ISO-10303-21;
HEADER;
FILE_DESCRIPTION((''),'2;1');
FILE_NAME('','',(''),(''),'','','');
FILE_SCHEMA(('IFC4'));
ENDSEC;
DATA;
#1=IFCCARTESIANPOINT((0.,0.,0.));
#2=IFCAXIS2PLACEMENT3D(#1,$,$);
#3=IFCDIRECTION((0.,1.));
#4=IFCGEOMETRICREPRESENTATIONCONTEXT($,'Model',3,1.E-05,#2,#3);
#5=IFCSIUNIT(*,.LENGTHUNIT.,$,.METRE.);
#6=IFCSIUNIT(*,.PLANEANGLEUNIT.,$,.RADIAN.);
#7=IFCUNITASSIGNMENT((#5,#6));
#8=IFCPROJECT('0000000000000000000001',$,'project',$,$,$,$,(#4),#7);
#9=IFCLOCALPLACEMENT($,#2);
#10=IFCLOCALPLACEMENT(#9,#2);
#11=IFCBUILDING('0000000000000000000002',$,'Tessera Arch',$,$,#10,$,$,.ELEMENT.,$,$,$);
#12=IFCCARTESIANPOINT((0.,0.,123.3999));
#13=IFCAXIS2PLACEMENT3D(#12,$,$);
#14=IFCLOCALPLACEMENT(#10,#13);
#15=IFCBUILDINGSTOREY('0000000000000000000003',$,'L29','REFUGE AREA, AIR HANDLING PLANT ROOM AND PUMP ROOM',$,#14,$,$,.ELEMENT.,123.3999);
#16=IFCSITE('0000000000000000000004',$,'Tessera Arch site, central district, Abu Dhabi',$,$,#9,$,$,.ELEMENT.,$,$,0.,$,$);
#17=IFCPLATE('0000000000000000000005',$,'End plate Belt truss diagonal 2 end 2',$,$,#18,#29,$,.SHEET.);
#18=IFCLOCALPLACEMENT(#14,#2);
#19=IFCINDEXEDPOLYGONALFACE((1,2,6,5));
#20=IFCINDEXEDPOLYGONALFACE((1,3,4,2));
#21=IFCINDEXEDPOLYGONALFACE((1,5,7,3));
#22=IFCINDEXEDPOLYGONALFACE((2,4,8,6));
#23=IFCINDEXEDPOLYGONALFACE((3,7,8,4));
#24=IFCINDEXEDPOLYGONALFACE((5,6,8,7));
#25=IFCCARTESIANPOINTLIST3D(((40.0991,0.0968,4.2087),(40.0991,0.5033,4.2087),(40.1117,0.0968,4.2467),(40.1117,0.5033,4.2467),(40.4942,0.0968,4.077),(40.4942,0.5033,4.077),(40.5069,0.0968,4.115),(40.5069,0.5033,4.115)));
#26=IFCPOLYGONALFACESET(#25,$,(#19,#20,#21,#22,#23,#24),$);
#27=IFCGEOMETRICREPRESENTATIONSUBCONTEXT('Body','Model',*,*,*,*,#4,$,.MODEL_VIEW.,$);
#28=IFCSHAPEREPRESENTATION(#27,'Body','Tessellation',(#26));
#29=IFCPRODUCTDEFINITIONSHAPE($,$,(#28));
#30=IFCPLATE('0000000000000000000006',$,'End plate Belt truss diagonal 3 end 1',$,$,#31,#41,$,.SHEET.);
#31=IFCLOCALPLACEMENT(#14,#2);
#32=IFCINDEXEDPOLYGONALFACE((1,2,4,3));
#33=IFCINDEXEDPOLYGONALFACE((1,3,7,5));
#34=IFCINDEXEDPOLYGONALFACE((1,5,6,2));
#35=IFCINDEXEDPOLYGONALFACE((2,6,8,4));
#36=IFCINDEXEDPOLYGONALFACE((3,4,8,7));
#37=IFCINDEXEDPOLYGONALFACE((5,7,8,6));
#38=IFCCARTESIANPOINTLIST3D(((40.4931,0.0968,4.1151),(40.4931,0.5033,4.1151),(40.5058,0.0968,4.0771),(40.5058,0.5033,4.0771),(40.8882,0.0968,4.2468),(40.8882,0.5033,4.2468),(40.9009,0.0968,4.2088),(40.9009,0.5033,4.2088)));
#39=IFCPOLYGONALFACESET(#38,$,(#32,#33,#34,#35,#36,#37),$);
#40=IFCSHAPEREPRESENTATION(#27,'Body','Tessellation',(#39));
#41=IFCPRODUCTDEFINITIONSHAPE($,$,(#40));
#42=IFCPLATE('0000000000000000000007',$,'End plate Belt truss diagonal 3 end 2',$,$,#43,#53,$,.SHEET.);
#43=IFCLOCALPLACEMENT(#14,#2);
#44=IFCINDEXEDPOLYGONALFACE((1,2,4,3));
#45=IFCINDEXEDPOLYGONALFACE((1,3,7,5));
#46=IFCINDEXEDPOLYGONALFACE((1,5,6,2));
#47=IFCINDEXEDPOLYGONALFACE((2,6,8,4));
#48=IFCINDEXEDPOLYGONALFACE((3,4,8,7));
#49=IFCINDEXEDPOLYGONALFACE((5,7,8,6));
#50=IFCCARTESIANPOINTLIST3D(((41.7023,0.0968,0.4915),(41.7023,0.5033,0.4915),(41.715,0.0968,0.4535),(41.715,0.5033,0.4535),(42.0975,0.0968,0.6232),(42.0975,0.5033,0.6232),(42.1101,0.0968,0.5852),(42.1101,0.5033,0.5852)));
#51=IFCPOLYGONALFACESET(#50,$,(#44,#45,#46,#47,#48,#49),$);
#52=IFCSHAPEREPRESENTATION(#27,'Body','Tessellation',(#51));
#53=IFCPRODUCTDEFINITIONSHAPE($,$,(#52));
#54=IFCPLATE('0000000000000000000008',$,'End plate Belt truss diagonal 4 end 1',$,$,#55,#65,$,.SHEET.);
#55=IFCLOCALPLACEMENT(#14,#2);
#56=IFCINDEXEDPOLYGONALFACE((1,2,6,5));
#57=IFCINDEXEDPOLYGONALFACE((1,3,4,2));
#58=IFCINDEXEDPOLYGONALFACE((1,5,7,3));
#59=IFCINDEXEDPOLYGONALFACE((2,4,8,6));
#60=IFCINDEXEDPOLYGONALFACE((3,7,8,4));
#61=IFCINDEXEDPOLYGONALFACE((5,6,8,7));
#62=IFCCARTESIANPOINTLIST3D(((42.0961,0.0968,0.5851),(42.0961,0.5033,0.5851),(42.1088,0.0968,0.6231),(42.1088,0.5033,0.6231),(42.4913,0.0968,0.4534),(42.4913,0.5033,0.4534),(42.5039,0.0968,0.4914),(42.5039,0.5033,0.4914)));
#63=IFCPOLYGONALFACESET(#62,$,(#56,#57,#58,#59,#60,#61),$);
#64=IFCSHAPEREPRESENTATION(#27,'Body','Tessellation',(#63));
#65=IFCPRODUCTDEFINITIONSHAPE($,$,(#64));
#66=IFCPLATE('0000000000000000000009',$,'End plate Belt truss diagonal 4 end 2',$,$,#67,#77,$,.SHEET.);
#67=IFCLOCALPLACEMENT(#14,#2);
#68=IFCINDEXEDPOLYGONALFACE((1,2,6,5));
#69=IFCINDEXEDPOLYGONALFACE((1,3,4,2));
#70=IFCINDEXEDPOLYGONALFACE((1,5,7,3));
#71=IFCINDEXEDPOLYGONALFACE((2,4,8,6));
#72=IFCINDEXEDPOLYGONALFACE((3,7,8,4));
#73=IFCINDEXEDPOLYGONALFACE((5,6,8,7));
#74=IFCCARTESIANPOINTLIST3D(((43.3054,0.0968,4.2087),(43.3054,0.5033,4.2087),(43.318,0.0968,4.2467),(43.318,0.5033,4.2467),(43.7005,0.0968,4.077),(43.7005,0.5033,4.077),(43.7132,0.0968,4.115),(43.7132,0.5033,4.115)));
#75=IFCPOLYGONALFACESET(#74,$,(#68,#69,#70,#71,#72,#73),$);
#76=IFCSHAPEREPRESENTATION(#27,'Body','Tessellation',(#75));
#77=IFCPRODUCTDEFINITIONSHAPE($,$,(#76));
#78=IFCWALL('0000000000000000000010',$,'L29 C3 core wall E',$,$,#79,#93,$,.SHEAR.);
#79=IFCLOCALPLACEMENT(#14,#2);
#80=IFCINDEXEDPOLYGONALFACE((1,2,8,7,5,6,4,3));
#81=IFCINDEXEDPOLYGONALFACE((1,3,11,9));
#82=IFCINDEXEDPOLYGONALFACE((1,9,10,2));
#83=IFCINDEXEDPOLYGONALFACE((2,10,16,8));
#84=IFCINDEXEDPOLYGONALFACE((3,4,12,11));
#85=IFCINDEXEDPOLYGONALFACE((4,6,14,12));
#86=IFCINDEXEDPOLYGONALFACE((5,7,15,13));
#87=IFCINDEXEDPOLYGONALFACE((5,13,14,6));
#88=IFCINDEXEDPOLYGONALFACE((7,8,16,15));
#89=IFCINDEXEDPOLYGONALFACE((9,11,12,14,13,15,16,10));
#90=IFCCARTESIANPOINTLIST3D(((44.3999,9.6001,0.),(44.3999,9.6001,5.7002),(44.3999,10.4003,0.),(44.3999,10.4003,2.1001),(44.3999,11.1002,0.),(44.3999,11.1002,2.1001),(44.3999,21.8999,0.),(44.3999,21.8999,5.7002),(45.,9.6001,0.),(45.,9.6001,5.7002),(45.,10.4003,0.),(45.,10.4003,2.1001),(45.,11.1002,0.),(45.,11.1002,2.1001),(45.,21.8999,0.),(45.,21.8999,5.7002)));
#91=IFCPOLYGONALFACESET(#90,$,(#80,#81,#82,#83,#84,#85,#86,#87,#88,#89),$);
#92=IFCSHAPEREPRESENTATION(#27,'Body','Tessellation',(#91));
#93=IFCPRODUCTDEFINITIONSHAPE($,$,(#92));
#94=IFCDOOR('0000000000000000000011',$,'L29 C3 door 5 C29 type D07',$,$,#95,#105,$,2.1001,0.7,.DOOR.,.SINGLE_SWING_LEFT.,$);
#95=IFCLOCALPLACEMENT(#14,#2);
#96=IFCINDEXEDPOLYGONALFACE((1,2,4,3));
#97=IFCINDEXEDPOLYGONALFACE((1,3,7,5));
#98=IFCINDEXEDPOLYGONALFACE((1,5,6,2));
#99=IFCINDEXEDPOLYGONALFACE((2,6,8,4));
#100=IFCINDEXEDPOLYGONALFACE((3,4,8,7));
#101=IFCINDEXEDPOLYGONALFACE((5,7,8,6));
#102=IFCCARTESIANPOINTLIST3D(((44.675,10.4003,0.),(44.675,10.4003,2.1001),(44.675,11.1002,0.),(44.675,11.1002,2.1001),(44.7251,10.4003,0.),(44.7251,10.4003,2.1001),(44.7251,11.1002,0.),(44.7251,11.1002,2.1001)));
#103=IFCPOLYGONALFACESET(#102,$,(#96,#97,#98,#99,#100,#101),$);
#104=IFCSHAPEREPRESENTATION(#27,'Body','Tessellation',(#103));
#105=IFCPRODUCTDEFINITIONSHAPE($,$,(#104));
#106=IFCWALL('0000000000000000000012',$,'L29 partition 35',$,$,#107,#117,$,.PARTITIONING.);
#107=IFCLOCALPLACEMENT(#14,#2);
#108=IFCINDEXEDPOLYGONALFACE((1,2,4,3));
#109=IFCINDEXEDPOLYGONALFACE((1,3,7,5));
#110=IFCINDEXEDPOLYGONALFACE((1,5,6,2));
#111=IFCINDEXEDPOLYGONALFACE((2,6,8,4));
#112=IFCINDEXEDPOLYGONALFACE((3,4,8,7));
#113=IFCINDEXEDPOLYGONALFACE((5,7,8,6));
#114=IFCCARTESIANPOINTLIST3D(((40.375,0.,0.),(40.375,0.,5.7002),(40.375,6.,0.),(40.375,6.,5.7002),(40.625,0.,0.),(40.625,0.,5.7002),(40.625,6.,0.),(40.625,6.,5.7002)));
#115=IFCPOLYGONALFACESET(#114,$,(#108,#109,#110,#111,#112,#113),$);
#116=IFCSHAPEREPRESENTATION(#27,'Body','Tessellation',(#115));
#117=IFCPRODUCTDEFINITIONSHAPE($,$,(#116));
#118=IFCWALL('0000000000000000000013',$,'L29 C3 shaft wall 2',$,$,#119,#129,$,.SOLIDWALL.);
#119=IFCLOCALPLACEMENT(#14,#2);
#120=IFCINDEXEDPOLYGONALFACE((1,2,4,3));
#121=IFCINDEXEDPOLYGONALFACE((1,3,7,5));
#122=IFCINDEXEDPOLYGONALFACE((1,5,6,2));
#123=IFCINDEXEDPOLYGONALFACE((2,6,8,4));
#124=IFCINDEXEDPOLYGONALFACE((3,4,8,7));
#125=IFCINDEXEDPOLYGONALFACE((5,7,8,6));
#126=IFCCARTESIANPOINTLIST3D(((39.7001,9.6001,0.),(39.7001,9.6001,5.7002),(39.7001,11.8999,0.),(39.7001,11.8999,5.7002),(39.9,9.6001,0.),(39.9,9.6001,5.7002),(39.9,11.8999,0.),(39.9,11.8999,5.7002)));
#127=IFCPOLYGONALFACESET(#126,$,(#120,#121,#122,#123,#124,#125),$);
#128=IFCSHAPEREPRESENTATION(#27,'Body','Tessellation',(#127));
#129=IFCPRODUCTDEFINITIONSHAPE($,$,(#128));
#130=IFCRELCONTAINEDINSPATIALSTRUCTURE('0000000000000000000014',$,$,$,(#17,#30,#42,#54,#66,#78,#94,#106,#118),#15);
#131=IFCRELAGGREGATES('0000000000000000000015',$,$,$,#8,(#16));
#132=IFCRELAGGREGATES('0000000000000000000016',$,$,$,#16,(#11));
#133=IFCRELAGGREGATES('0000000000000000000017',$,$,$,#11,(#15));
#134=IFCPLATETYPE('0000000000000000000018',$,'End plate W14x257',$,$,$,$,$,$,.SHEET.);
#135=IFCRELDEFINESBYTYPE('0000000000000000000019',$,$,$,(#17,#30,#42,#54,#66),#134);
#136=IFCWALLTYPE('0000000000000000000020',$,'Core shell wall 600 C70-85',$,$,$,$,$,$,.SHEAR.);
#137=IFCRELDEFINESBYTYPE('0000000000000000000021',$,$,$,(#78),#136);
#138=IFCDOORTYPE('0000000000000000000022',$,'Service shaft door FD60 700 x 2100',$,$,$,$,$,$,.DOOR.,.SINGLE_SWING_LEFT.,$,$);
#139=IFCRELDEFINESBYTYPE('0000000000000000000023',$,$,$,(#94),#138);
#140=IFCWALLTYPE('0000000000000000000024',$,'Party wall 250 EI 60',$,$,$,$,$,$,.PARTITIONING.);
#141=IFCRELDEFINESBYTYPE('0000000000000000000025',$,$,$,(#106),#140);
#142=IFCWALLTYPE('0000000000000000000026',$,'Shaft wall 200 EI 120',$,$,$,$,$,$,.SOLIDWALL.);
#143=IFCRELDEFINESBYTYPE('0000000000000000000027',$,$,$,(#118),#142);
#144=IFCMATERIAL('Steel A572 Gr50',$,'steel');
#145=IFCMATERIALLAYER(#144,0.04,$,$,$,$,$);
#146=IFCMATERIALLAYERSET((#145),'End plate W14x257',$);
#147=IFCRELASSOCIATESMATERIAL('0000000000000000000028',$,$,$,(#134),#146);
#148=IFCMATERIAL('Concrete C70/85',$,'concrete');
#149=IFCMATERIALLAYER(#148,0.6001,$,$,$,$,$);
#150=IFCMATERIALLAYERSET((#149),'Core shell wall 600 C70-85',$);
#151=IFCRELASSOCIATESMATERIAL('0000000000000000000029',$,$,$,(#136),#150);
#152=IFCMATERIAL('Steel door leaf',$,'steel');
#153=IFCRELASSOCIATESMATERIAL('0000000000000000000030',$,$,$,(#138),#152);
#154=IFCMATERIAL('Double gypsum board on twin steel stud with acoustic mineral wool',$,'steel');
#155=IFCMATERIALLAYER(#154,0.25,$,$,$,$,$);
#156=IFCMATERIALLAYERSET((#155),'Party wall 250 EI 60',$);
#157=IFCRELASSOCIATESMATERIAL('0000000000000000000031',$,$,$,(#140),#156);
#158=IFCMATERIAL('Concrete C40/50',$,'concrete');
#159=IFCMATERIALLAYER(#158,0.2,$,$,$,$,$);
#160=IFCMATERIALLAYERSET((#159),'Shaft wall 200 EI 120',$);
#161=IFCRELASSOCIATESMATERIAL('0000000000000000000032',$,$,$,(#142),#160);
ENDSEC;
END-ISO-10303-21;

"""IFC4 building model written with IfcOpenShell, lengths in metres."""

from ifc_helpers import new_model, si_unit, direction, frame, frame_2d, origin, origin_2d, place, context, subcontext, project, spatial, rectangle, extrude, material, layer, layer_set, type_object, element, fill, save


model = new_model("IFC4")

# Units and contexts
model_context = context("Model", 3, precision=1e-05, world=origin(), true_north=direction((0.0, 1.0)))
body_context = subcontext(model_context, "Body", "Model", "MODEL_VIEW")
ifc_project = project(units=[si_unit("LENGTHUNIT", "METRE"), si_unit("PLANEANGLEUNIT", "RADIAN")], contexts=[model_context])

# Site, building, storey
site_placement = place(None, origin())
site = spatial("IfcSite", under=ifc_project, at=site_placement, Name="Tessera Arch site, central district, Abu Dhabi", CompositionType="ELEMENT", RefElevation=0.0)
building_placement = place(site_placement, origin())
building = spatial("IfcBuilding", under=site, at=building_placement, Name="Tessera Arch", CompositionType="ELEMENT")
storey_placement = place(building_placement, frame((0.0, 0.0, 123.3999)))
storey = spatial("IfcBuildingStorey", under=building, at=storey_placement, Name="L29", Description="REFUGE AREA, AIR HANDLING PLANT ROOM AND PUMP ROOM", CompositionType="ELEMENT", Elevation=123.3999)

# Plates
ifc_material_1 = material(Name="Steel A572 Gr50", Category="steel")
ifc_layer_1 = layer(ifc_material_1, 0.04)
ifc_layer_set_1 = layer_set([ifc_layer_1], Name="End plate W14x257")
plate_type_1 = type_object("IfcPlateType", Name="End plate W14x257", PredefinedType="SHEET", material=ifc_layer_set_1)
for number, where, z_axis, x_axis, name in (
    (1, (40.2966, 0.3, 4.1428), (0.316228, 0.0, 0.948683), (0.0, 1.0, 0.0), "End plate Belt truss diagonal 2 end 2"),
    (2, (40.6907, 0.3, 4.1809), (0.316228, 0.0, -0.948683), (0.0, 1.0, 0.0), "End plate Belt truss diagonal 3 end 1"),
    (3, (41.8999, 0.3, 0.5574), (0.316228, 0.0, -0.948683), (0.0, 1.0, 0.0), "End plate Belt truss diagonal 3 end 2"),
    (4, (42.2937, 0.3, 0.5193), (0.316228, 0.0, 0.948683), (0.0, 1.0, 0.0), "End plate Belt truss diagonal 4 end 1"),
    (5, (43.5029, 0.3, 4.1428), (0.316228, 0.0, 0.948683), (0.0, 1.0, 0.0), "End plate Belt truss diagonal 4 end 2"),
):
    element("IfcPlate", number, at=place(storey_placement, frame(where, z_axis=z_axis, x_axis=x_axis)), inside=storey, type_object=plate_type_1, Name=name, PredefinedType="SHEET", context=body_context, shape_type="SweptSolid", body=[
        extrude(rectangle(XDim=0.4065, YDim=0.4165, at=origin_2d()), origin(), (0.0, 0.0, 1.0), 0.04),
    ])

# Wall, opening, door
ifc_material_2 = material(Name="Concrete C70/85", Category="concrete")
ifc_layer_2 = layer(ifc_material_2, 0.6001)
ifc_layer_set_2 = layer_set([ifc_layer_2], Name="Core shell wall 600 C70-85")
wall_type_1 = type_object("IfcWallType", Name="Core shell wall 600 C70-85", PredefinedType="SHEAR", material=ifc_layer_set_2)
wall_1_placement = place(storey_placement, frame((44.7, 9.6001, 0.0), z_axis=(0.0, 0.0, 1.0), x_axis=(0.0, 1.0, 0.0)))
wall_1 = element("IfcWall", 6, at=wall_1_placement, inside=storey, type_object=wall_type_1, Name="L29 C3 core wall E", PredefinedType="SHEAR", context=body_context, shape_type="SweptSolid", body=[
    extrude(rectangle(XDim=12.2998, YDim=0.6001, at=frame_2d((6.1499, 0.0))), origin(), (0.0, 0.0, 1.0), 5.7002),
])
opening_placement = place(wall_1_placement, frame((0.8, 0.0, 0.0)))
opening = element("IfcOpeningElement", 7, at=opening_placement, cuts=wall_1, PredefinedType="OPENING", context=body_context, shape_type="SweptSolid", body=[
    extrude(rectangle(XDim=0.7, YDim=2.1001, at=frame_2d((0.3501, 1.05))), frame((0.0, 0.3101, 0.0), z_axis=(0.0, -1.0, 0.0), x_axis=(1.0, 0.0, 0.0)), (0.0, 0.0, 1.0), 0.6201),
])
ifc_material_3 = material(Name="Steel door leaf", Category="steel")
door_type = type_object("IfcDoorType", Name="Service shaft door FD60 700 x 2100", OperationType="SINGLE_SWING_LEFT", PredefinedType="DOOR", material=ifc_material_3)
door_placement = place(opening_placement, origin())
door = element("IfcDoor", 8, at=door_placement, inside=storey, type_object=door_type, Name="L29 C3 door 5 C29 type D07", OperationType="SINGLE_SWING_LEFT", OverallHeight=2.1001, OverallWidth=0.7, PredefinedType="DOOR", context=body_context, shape_type="SweptSolid", body=[
    extrude(rectangle(XDim=0.7, YDim=2.1001, at=frame_2d((0.3501, 1.05))), frame((0.0, 0.0249, 0.0), z_axis=(0.0, -1.0, 0.0), x_axis=(1.0, 0.0, 0.0)), (0.0, 0.0, 1.0), 0.05),
])
fill(opening, door)

# Walls
ifc_material_4 = material(Name="Double gypsum board on twin steel stud with acoustic mineral wool", Category="steel")
ifc_layer_3 = layer(ifc_material_4, 0.25)
ifc_layer_set_3 = layer_set([ifc_layer_3], Name="Party wall 250 EI 60")
wall_type_2 = type_object("IfcWallType", Name="Party wall 250 EI 60", PredefinedType="PARTITIONING", material=ifc_layer_set_3)
wall_2_placement = place(storey_placement, frame((40.5, 0.0, 0.0), z_axis=(0.0, 0.0, 1.0), x_axis=(0.0, 1.0, 0.0)))
element("IfcWall", 9, at=wall_2_placement, inside=storey, type_object=wall_type_2, Name="L29 partition 35", PredefinedType="PARTITIONING", context=body_context, shape_type="SweptSolid", body=[
    extrude(rectangle(XDim=6.0, YDim=0.25, at=frame_2d((3.0, 0.0))), origin(), (0.0, 0.0, 1.0), 5.7002),
])
ifc_material_5 = material(Name="Concrete C40/50", Category="concrete")
ifc_layer_4 = layer(ifc_material_5, 0.2)
ifc_layer_set_4 = layer_set([ifc_layer_4], Name="Shaft wall 200 EI 120")
wall_type_3 = type_object("IfcWallType", Name="Shaft wall 200 EI 120", PredefinedType="SOLIDWALL", material=ifc_layer_set_4)
wall_3_placement = place(storey_placement, frame((39.8, 9.6001, 0.0), z_axis=(0.0, 0.0, 1.0), x_axis=(0.0, 1.0, 0.0)))
element("IfcWall", 10, at=wall_3_placement, inside=storey, type_object=wall_type_3, Name="L29 C3 shaft wall 2", PredefinedType="SOLIDWALL", context=body_context, shape_type="SweptSolid", body=[
    extrude(rectangle(XDim=2.2998, YDim=0.2, at=frame_2d((1.1499, 0.0))), origin(), (0.0, 0.0, 1.0), 5.7002),
])

save(model, "model.ifc")
